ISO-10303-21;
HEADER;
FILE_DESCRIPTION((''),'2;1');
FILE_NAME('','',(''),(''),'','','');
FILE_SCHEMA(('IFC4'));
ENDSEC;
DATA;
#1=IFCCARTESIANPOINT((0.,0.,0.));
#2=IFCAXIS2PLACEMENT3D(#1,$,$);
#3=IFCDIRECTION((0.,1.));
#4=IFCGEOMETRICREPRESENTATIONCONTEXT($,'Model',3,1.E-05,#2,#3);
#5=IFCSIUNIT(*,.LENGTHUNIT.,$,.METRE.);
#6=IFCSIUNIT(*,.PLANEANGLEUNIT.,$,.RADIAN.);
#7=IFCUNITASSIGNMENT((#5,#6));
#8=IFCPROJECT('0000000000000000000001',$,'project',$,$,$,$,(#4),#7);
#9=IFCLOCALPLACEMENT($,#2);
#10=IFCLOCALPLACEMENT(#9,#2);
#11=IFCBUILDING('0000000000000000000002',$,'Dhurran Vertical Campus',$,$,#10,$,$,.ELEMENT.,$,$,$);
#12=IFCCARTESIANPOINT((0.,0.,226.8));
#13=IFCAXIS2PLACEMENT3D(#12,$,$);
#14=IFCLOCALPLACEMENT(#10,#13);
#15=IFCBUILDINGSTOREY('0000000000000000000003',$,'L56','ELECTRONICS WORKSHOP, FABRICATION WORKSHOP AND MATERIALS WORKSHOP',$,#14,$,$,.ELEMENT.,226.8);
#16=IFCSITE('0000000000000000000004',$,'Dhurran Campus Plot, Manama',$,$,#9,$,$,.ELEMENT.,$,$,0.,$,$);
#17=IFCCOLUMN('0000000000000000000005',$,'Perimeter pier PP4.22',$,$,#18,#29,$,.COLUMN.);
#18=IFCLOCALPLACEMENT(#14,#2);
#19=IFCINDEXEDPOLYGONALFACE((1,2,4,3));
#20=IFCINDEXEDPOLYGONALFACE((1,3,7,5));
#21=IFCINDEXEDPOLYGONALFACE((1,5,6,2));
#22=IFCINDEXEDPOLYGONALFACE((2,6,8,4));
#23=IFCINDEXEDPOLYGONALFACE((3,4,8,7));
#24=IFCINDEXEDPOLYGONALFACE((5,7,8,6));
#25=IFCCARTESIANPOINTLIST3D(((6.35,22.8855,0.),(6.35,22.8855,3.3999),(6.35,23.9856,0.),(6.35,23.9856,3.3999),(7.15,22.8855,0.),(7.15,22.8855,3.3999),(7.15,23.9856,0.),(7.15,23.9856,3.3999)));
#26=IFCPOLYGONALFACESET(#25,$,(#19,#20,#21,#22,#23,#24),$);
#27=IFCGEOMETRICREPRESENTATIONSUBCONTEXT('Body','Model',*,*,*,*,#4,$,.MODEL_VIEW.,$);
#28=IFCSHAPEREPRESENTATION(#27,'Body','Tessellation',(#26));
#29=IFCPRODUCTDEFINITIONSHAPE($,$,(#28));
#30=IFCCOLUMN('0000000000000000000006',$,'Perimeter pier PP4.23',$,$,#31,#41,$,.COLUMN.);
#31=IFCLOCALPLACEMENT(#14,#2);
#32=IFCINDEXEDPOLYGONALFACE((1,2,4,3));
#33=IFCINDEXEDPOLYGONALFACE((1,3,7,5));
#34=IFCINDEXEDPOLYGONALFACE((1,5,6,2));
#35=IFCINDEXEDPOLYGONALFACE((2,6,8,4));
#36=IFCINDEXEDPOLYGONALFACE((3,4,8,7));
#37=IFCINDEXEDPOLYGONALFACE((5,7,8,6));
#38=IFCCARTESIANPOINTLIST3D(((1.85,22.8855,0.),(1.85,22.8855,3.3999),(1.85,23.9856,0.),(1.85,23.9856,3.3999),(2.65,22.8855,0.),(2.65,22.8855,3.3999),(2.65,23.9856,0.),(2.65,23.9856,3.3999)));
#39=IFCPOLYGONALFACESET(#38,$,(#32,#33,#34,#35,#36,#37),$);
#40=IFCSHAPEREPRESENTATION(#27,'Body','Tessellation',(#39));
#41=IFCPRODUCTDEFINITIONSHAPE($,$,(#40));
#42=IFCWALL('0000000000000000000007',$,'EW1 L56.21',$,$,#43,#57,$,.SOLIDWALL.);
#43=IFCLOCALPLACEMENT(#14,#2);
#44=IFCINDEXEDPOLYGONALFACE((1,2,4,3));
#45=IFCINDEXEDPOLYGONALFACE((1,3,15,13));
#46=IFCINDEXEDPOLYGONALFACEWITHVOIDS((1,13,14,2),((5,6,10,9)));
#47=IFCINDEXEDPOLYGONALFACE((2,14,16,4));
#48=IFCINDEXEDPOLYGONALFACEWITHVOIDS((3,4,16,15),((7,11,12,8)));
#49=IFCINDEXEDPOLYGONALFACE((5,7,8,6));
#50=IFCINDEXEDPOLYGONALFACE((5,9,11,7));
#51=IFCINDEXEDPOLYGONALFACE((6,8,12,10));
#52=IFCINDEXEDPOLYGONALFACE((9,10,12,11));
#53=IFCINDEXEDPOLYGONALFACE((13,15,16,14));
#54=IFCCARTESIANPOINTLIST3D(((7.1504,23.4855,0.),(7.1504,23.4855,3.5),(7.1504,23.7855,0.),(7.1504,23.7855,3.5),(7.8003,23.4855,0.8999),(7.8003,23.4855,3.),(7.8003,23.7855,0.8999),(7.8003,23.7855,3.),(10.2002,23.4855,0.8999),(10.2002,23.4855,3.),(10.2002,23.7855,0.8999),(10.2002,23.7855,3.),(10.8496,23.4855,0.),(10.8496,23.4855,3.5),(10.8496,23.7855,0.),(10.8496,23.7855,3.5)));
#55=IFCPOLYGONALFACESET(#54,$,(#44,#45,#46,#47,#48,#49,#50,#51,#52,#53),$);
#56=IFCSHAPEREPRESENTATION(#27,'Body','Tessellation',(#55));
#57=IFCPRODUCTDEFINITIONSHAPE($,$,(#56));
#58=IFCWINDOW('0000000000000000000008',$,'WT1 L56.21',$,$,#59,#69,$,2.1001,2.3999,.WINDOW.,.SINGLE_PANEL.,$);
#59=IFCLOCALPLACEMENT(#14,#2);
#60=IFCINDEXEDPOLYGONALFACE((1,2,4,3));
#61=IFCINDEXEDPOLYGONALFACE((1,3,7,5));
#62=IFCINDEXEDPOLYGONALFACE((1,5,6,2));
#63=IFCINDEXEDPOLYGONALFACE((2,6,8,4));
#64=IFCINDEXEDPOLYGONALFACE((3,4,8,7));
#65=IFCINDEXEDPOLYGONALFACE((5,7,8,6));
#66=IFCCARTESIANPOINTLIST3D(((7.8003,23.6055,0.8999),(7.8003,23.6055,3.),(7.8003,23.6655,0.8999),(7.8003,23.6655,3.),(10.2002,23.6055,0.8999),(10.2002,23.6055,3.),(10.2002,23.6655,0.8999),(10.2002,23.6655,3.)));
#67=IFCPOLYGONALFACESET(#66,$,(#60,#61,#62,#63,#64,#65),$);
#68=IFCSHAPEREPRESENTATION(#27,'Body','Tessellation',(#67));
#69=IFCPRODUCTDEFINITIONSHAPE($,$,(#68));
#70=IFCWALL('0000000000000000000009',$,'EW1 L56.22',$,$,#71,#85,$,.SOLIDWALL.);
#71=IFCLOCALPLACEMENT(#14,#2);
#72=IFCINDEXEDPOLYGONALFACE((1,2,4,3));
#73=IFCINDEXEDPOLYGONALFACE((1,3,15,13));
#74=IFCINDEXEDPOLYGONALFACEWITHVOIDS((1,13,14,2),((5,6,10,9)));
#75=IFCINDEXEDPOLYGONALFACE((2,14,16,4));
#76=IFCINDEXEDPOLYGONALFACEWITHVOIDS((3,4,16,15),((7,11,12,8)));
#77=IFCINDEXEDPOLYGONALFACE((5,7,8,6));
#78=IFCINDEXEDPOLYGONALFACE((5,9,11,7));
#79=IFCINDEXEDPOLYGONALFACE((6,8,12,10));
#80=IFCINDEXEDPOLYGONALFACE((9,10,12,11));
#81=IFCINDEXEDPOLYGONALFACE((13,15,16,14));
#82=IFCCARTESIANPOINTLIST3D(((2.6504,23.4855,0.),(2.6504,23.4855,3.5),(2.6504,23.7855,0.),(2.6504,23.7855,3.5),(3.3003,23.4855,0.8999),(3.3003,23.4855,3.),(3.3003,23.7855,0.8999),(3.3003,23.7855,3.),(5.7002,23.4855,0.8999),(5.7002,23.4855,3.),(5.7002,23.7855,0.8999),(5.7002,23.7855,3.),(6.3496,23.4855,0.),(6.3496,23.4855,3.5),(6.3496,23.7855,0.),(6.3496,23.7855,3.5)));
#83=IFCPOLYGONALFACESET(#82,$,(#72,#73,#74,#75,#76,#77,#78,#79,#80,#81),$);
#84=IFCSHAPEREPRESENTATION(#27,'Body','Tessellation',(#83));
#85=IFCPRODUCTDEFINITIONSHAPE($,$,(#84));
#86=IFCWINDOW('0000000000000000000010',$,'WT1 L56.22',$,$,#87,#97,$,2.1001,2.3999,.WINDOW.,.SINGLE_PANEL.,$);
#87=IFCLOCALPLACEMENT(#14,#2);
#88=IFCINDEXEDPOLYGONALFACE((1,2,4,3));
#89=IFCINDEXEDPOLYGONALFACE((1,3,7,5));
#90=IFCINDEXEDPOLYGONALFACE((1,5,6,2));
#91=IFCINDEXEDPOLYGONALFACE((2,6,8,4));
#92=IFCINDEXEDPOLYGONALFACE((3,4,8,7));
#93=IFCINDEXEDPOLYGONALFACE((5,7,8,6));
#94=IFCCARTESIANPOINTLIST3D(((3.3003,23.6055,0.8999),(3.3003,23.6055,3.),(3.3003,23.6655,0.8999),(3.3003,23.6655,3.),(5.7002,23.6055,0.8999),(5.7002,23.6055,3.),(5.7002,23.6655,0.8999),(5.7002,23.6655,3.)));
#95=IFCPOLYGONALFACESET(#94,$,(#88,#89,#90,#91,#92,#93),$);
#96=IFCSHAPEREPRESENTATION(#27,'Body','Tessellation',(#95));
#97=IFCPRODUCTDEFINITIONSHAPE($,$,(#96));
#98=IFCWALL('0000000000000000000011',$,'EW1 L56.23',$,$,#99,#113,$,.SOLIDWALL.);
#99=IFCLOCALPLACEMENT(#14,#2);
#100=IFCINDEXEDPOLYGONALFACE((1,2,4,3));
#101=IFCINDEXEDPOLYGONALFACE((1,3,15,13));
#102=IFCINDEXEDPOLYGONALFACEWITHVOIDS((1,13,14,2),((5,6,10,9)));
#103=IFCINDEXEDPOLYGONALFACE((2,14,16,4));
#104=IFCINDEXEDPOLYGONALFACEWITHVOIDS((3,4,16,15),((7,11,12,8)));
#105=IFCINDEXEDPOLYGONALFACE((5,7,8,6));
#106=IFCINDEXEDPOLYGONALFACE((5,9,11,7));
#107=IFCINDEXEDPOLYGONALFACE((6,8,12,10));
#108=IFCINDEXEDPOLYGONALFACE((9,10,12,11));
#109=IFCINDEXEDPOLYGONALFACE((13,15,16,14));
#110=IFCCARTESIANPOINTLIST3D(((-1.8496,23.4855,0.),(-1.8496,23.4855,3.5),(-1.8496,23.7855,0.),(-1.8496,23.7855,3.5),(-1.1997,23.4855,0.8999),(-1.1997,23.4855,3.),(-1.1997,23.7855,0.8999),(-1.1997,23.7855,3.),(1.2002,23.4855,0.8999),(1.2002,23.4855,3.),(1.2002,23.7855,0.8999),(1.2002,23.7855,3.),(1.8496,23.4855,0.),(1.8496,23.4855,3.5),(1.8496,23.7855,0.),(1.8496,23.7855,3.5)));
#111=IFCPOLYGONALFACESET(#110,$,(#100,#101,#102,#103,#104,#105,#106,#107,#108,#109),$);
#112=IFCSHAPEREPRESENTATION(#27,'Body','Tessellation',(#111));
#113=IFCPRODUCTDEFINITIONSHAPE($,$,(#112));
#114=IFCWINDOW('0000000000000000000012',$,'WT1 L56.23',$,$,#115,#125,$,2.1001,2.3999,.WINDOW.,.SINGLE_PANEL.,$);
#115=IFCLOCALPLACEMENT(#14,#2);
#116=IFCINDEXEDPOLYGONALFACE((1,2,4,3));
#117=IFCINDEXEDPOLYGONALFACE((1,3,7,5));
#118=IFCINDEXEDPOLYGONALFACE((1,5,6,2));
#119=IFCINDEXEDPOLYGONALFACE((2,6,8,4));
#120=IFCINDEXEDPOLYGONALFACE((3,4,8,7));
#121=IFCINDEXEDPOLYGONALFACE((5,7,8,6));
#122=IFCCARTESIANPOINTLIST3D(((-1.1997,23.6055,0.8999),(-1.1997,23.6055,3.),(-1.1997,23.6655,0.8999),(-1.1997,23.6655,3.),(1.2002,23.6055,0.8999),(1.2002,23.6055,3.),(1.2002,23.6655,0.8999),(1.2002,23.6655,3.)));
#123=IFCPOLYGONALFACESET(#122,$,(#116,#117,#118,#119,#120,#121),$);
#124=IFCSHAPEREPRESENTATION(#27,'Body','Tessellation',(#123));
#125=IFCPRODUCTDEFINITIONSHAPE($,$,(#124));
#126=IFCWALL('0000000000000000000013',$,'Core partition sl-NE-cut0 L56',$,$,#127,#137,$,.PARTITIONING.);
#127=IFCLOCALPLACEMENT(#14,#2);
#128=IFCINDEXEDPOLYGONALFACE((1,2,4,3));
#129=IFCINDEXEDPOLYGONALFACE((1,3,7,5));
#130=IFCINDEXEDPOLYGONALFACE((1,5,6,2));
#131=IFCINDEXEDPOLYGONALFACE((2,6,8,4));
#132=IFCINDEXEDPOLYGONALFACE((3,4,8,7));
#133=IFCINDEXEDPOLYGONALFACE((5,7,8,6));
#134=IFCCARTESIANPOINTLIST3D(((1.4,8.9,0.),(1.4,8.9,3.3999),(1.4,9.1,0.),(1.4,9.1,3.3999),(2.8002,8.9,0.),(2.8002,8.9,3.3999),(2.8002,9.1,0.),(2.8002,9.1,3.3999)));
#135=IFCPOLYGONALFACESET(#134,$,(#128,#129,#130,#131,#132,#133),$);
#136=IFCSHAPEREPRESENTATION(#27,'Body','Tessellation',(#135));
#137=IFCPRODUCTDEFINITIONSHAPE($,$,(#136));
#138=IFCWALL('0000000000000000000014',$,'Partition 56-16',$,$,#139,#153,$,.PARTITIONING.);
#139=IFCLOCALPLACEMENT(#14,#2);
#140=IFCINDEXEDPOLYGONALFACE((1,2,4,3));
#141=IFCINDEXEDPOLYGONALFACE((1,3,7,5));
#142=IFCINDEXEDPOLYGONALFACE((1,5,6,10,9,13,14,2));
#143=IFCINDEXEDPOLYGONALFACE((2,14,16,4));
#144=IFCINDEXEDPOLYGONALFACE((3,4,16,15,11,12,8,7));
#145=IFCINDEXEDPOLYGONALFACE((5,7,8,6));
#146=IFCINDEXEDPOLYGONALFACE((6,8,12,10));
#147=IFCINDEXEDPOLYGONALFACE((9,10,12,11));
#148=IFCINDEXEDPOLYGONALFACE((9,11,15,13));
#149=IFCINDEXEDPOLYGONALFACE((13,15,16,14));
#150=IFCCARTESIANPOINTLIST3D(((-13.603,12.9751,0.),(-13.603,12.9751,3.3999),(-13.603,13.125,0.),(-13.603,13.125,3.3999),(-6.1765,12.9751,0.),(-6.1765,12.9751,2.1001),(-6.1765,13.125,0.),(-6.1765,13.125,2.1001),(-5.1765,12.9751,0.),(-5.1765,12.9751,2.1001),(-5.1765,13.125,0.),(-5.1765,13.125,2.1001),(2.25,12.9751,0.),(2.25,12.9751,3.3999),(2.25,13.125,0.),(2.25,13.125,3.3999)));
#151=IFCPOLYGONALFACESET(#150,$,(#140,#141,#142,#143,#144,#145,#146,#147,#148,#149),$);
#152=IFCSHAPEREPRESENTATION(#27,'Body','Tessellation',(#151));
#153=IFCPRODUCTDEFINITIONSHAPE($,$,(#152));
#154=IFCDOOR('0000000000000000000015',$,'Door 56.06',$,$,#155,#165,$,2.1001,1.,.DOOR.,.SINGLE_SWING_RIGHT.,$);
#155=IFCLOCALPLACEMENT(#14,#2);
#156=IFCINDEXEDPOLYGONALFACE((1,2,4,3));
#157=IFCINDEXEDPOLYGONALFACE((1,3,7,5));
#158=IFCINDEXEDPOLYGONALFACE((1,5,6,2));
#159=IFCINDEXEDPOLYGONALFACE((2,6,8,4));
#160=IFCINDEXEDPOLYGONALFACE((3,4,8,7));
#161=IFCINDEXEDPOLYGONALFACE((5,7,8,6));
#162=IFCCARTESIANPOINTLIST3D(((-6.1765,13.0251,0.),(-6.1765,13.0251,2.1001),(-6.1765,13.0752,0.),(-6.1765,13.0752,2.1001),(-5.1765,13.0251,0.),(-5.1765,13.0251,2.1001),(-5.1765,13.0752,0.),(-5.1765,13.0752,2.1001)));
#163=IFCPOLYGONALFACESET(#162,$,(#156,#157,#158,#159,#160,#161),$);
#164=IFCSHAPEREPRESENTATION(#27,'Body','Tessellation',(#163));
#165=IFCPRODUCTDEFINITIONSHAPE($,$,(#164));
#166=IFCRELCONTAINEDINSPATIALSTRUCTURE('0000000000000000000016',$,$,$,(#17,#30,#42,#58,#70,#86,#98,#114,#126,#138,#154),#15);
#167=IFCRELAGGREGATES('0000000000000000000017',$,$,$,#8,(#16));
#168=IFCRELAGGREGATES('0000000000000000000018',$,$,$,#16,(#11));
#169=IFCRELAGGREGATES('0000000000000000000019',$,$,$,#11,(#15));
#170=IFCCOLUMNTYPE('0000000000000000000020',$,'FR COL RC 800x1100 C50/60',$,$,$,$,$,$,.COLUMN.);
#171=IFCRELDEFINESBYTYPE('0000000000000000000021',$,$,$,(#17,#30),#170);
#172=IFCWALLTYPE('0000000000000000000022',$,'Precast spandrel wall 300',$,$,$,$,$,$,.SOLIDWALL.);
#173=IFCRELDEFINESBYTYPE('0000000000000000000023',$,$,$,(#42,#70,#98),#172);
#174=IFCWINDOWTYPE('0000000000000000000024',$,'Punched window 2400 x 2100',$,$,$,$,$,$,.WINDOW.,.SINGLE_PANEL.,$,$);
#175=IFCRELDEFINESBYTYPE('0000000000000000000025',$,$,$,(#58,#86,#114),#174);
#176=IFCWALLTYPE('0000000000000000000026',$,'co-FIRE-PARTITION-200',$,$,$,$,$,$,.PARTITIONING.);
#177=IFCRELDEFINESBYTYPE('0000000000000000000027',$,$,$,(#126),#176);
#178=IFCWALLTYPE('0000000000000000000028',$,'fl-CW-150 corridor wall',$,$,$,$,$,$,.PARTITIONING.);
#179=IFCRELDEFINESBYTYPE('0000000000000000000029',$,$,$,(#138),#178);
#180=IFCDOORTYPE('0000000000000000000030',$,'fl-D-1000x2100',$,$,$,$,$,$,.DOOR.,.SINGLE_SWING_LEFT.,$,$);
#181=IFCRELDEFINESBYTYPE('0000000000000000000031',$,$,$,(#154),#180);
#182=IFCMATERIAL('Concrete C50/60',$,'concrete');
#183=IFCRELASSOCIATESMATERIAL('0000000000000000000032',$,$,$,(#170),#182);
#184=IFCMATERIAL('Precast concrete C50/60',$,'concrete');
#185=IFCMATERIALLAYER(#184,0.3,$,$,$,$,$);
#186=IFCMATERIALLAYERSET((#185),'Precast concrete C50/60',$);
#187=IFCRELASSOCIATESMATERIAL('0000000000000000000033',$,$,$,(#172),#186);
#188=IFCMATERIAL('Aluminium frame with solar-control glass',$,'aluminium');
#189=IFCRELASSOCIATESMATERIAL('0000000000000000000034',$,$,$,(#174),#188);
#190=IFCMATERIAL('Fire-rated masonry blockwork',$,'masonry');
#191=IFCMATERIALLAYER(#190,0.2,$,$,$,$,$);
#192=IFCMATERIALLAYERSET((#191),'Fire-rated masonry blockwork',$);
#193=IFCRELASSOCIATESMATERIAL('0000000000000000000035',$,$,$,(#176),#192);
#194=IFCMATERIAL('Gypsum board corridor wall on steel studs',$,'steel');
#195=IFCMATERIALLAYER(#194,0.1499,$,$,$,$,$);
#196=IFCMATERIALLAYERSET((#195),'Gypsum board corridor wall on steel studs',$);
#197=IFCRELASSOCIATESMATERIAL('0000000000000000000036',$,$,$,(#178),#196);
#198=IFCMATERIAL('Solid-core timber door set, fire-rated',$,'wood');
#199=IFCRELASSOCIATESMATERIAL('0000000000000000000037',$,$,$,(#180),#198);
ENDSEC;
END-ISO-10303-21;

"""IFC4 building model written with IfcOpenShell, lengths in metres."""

from ifc_helpers import new_model, si_unit, direction, frame, frame_2d, origin, origin_2d, place, context, subcontext, project, spatial, rectangle, extrude, material, layer, layer_set, material_profile, profile_set, type_object, element, fill, save


model = new_model("IFC4")

# Units and contexts
model_context = context("Model", 3, precision=1e-05, world=origin(), true_north=direction((0.0, 1.0)))
body_context = subcontext(model_context, "Body", "Model", "MODEL_VIEW")
ifc_project = project(units=[si_unit("LENGTHUNIT", "METRE"), si_unit("PLANEANGLEUNIT", "RADIAN")], contexts=[model_context])

# Site, building, storey
site_placement = place(None, origin())
site = spatial("IfcSite", under=ifc_project, at=site_placement, Name="Dhurran Campus Plot, Manama", CompositionType="ELEMENT", RefElevation=0.0)
building_placement = place(site_placement, origin())
building = spatial("IfcBuilding", under=site, at=building_placement, Name="Dhurran Vertical Campus", CompositionType="ELEMENT")
storey_placement = place(building_placement, frame((0.0, 0.0, 226.8)))
storey = spatial("IfcBuildingStorey", under=building, at=storey_placement, Name="L56", Description="ELECTRONICS WORKSHOP, FABRICATION WORKSHOP AND MATERIALS WORKSHOP", CompositionType="ELEMENT", Elevation=226.8)

# Columns
ifc_material_1 = material(Name="Concrete C50/60", Category="concrete")
ifc_material_profile = material_profile(ifc_material_1, rectangle(XDim=0.8, YDim=1.1001, at=origin_2d()), Name="RC 800x1100")
ifc_profile_set = profile_set([ifc_material_profile], Name="Concrete C50/60")
column_type = type_object("IfcColumnType", Name="FR COL RC 800x1100 C50/60", PredefinedType="COLUMN", material=ifc_profile_set)
for number, where, z_axis, x_axis, name in (
    (1, (6.75, 23.4355, 0.0), (0.0, 0.0, 1.0), (-1.0, 0.0, 0.0), "Perimeter pier PP4.22"),
    (2, (2.25, 23.4355, 0.0), (0.0, 0.0, 1.0), (-1.0, 0.0, 0.0), "Perimeter pier PP4.23"),
):
    element("IfcColumn", number, at=place(storey_placement, frame(where, z_axis=z_axis, x_axis=x_axis)), inside=storey, type_object=column_type, Name=name, PredefinedType="COLUMN", context=body_context, shape_type="SweptSolid", body=[
        extrude(rectangle(XDim=0.8, YDim=1.1001, at=origin_2d()), origin(), (0.0, 0.0, 1.0), 3.3999),
    ])

# Walls, openings, windows
ifc_material_2 = material(Name="Precast concrete C50/60", Category="concrete")
ifc_layer_1 = layer(ifc_material_2, 0.3)
ifc_layer_set_1 = layer_set([ifc_layer_1], Name="Precast concrete C50/60")
wall_type_1 = type_object("IfcWallType", Name="Precast spandrel wall 300", PredefinedType="SOLIDWALL", material=ifc_layer_set_1)
wall_1_placement = place(storey_placement, frame((10.8496, 23.6355, 0.0), z_axis=(0.0, 0.0, 1.0), x_axis=(-1.0, 0.0, 0.0)))
wall_1 = element("IfcWall", 3, at=wall_1_placement, inside=storey, type_object=wall_type_1, Name="EW1 L56.21", PredefinedType="SOLIDWALL", context=body_context, shape_type="SweptSolid", body=[
    extrude(rectangle(XDim=3.6992, YDim=0.3, at=frame_2d((1.8496, 0.0))), origin(), (0.0, 0.0, 1.0), 3.5),
])
opening_1_placement = place(wall_1_placement, frame((0.6494, 0.0, 0.8999)))
opening_1 = element("IfcOpeningElement", 4, at=opening_1_placement, cuts=wall_1, PredefinedType="OPENING", context=body_context, shape_type="SweptSolid", body=[
    extrude(rectangle(XDim=2.3999, YDim=2.1001, at=frame_2d((1.2, 1.05))), frame((0.0, 0.1599, 0.0), z_axis=(0.0, -1.0, 0.0), x_axis=(1.0, 0.0, 0.0)), (0.0, 0.0, 1.0), 0.3201),
])
ifc_material_3 = material(Name="Aluminium frame with solar-control glass", Category="aluminium")
window_type = type_object("IfcWindowType", Name="Punched window 2400 x 2100", PartitioningType="SINGLE_PANEL", PredefinedType="WINDOW", material=ifc_material_3)
window_1_placement = place(opening_1_placement, origin())
window_1 = element("IfcWindow", 5, at=window_1_placement, inside=storey, type_object=window_type, Name="WT1 L56.21", OverallHeight=2.1001, OverallWidth=2.3999, PartitioningType="SINGLE_PANEL", PredefinedType="WINDOW", context=body_context, shape_type="SweptSolid", body=[
    extrude(rectangle(XDim=2.3999, YDim=2.1001, at=frame_2d((1.2, 1.05))), frame((0.0, 0.03, 0.0), z_axis=(0.0, -1.0, 0.0), x_axis=(1.0, 0.0, 0.0)), (0.0, 0.0, 1.0), 0.0601),
])
fill(opening_1, window_1)
wall_2_placement = place(storey_placement, frame((6.3496, 23.6355, 0.0), z_axis=(0.0, 0.0, 1.0), x_axis=(-1.0, 0.0, 0.0)))
wall_2 = element("IfcWall", 6, at=wall_2_placement, inside=storey, type_object=wall_type_1, Name="EW1 L56.22", PredefinedType="SOLIDWALL", context=body_context, shape_type="SweptSolid", body=[
    extrude(rectangle(XDim=3.6992, YDim=0.3, at=frame_2d((1.8496, 0.0))), origin(), (0.0, 0.0, 1.0), 3.5),
])
opening_2_placement = place(wall_2_placement, frame((0.6494, 0.0, 0.8999)))
opening_2 = element("IfcOpeningElement", 7, at=opening_2_placement, cuts=wall_2, PredefinedType="OPENING", context=body_context, shape_type="SweptSolid", body=[
    extrude(rectangle(XDim=2.3999, YDim=2.1001, at=frame_2d((1.2, 1.05))), frame((0.0, 0.1599, 0.0), z_axis=(0.0, -1.0, 0.0), x_axis=(1.0, 0.0, 0.0)), (0.0, 0.0, 1.0), 0.3201),
])
window_2_placement = place(opening_2_placement, origin())
window_2 = element("IfcWindow", 8, at=window_2_placement, inside=storey, type_object=window_type, Name="WT1 L56.22", OverallHeight=2.1001, OverallWidth=2.3999, PartitioningType="SINGLE_PANEL", PredefinedType="WINDOW", context=body_context, shape_type="SweptSolid", body=[
    extrude(rectangle(XDim=2.3999, YDim=2.1001, at=frame_2d((1.2, 1.05))), frame((0.0, 0.03, 0.0), z_axis=(0.0, -1.0, 0.0), x_axis=(1.0, 0.0, 0.0)), (0.0, 0.0, 1.0), 0.0601),
])
fill(opening_2, window_2)
wall_3_placement = place(storey_placement, frame((1.8496, 23.6355, 0.0), z_axis=(0.0, 0.0, 1.0), x_axis=(-1.0, 0.0, 0.0)))
wall_3 = element("IfcWall", 9, at=wall_3_placement, inside=storey, type_object=wall_type_1, Name="EW1 L56.23", PredefinedType="SOLIDWALL", context=body_context, shape_type="SweptSolid", body=[
    extrude(rectangle(XDim=3.6992, YDim=0.3, at=frame_2d((1.8496, 0.0))), origin(), (0.0, 0.0, 1.0), 3.5),
])
opening_3_placement = place(wall_3_placement, frame((0.6494, 0.0, 0.8999)))
opening_3 = element("IfcOpeningElement", 10, at=opening_3_placement, cuts=wall_3, PredefinedType="OPENING", context=body_context, shape_type="SweptSolid", body=[
    extrude(rectangle(XDim=2.3999, YDim=2.1001, at=frame_2d((1.2, 1.05))), frame((0.0, 0.1599, 0.0), z_axis=(0.0, -1.0, 0.0), x_axis=(1.0, 0.0, 0.0)), (0.0, 0.0, 1.0), 0.3201),
])
window_3_placement = place(opening_3_placement, origin())
window_3 = element("IfcWindow", 11, at=window_3_placement, inside=storey, type_object=window_type, Name="WT1 L56.23", OverallHeight=2.1001, OverallWidth=2.3999, PartitioningType="SINGLE_PANEL", PredefinedType="WINDOW", context=body_context, shape_type="SweptSolid", body=[
    extrude(rectangle(XDim=2.3999, YDim=2.1001, at=frame_2d((1.2, 1.05))), frame((0.0, 0.03, 0.0), z_axis=(0.0, -1.0, 0.0), x_axis=(1.0, 0.0, 0.0)), (0.0, 0.0, 1.0), 0.0601),
])
fill(opening_3, window_3)

# Wall
ifc_material_4 = material(Name="Fire-rated masonry blockwork", Category="masonry")
ifc_layer_2 = layer(ifc_material_4, 0.2)
ifc_layer_set_2 = layer_set([ifc_layer_2], Name="Fire-rated masonry blockwork")
wall_type_2 = type_object("IfcWallType", Name="co-FIRE-PARTITION-200", PredefinedType="PARTITIONING", material=ifc_layer_set_2)
wall_4_placement = place(storey_placement, frame((1.3999, 9.0, 0.0), z_axis=(0.0, 0.0, 1.0), x_axis=(1.0, 0.0, 0.0)))
element("IfcWall", 12, at=wall_4_placement, inside=storey, type_object=wall_type_2, Name="Core partition sl-NE-cut0 L56", PredefinedType="PARTITIONING", context=body_context, shape_type="SweptSolid", body=[
    extrude(rectangle(XDim=1.4001, YDim=0.2, at=frame_2d((0.7002, 0.0))), origin(), (0.0, 0.0, 1.0), 3.3999),
])

# Wall, opening, door
ifc_material_5 = material(Name="Gypsum board corridor wall on steel studs", Category="steel")
ifc_layer_3 = layer(ifc_material_5, 0.1499)
ifc_layer_set_3 = layer_set([ifc_layer_3], Name="Gypsum board corridor wall on steel studs")
wall_type_3 = type_object("IfcWallType", Name="fl-CW-150 corridor wall", PredefinedType="PARTITIONING", material=ifc_layer_set_3)
wall_5_placement = place(storey_placement, frame((2.25, 13.05, 0.0), z_axis=(0.0, 0.0, 1.0), x_axis=(-1.0, 0.0, 0.0)))
wall_5 = element("IfcWall", 13, at=wall_5_placement, inside=storey, type_object=wall_type_3, Name="Partition 56-16", PredefinedType="PARTITIONING", context=body_context, shape_type="SweptSolid", body=[
    extrude(rectangle(XDim=15.853, YDim=0.1499, at=frame_2d((7.9265, 0.0))), origin(), (0.0, 0.0, 1.0), 3.3999),
])
opening_4_placement = place(wall_5_placement, frame((7.4265, 0.0, 0.0)))
opening_4 = element("IfcOpeningElement", 14, at=opening_4_placement, cuts=wall_5, PredefinedType="OPENING", context=body_context, shape_type="SweptSolid", body=[
    extrude(rectangle(XDim=1.0, YDim=2.1001, at=frame_2d((0.5, 1.05))), frame((0.0, 0.085, 0.0), z_axis=(0.0, -1.0, 0.0), x_axis=(1.0, 0.0, 0.0)), (0.0, 0.0, 1.0), 0.1699),
])
ifc_material_6 = material(Name="Solid-core timber door set, fire-rated", Category="wood")
door_type = type_object("IfcDoorType", Name="fl-D-1000x2100", OperationType="SINGLE_SWING_LEFT", PredefinedType="DOOR", material=ifc_material_6)
door_placement = place(opening_4_placement, origin())
door = element("IfcDoor", 15, at=door_placement, inside=storey, type_object=door_type, Name="Door 56.06", OperationType="SINGLE_SWING_RIGHT", OverallHeight=2.1001, OverallWidth=1.0, PredefinedType="DOOR", context=body_context, shape_type="SweptSolid", body=[
    extrude(rectangle(XDim=1.0, YDim=2.1001, at=frame_2d((0.5, 1.05))), frame((0.0, 0.0249, 0.0), z_axis=(0.0, -1.0, 0.0), x_axis=(1.0, 0.0, 0.0)), (0.0, 0.0, 1.0), 0.05),
])
fill(opening_4, door)

save(model, "model.ifc")
